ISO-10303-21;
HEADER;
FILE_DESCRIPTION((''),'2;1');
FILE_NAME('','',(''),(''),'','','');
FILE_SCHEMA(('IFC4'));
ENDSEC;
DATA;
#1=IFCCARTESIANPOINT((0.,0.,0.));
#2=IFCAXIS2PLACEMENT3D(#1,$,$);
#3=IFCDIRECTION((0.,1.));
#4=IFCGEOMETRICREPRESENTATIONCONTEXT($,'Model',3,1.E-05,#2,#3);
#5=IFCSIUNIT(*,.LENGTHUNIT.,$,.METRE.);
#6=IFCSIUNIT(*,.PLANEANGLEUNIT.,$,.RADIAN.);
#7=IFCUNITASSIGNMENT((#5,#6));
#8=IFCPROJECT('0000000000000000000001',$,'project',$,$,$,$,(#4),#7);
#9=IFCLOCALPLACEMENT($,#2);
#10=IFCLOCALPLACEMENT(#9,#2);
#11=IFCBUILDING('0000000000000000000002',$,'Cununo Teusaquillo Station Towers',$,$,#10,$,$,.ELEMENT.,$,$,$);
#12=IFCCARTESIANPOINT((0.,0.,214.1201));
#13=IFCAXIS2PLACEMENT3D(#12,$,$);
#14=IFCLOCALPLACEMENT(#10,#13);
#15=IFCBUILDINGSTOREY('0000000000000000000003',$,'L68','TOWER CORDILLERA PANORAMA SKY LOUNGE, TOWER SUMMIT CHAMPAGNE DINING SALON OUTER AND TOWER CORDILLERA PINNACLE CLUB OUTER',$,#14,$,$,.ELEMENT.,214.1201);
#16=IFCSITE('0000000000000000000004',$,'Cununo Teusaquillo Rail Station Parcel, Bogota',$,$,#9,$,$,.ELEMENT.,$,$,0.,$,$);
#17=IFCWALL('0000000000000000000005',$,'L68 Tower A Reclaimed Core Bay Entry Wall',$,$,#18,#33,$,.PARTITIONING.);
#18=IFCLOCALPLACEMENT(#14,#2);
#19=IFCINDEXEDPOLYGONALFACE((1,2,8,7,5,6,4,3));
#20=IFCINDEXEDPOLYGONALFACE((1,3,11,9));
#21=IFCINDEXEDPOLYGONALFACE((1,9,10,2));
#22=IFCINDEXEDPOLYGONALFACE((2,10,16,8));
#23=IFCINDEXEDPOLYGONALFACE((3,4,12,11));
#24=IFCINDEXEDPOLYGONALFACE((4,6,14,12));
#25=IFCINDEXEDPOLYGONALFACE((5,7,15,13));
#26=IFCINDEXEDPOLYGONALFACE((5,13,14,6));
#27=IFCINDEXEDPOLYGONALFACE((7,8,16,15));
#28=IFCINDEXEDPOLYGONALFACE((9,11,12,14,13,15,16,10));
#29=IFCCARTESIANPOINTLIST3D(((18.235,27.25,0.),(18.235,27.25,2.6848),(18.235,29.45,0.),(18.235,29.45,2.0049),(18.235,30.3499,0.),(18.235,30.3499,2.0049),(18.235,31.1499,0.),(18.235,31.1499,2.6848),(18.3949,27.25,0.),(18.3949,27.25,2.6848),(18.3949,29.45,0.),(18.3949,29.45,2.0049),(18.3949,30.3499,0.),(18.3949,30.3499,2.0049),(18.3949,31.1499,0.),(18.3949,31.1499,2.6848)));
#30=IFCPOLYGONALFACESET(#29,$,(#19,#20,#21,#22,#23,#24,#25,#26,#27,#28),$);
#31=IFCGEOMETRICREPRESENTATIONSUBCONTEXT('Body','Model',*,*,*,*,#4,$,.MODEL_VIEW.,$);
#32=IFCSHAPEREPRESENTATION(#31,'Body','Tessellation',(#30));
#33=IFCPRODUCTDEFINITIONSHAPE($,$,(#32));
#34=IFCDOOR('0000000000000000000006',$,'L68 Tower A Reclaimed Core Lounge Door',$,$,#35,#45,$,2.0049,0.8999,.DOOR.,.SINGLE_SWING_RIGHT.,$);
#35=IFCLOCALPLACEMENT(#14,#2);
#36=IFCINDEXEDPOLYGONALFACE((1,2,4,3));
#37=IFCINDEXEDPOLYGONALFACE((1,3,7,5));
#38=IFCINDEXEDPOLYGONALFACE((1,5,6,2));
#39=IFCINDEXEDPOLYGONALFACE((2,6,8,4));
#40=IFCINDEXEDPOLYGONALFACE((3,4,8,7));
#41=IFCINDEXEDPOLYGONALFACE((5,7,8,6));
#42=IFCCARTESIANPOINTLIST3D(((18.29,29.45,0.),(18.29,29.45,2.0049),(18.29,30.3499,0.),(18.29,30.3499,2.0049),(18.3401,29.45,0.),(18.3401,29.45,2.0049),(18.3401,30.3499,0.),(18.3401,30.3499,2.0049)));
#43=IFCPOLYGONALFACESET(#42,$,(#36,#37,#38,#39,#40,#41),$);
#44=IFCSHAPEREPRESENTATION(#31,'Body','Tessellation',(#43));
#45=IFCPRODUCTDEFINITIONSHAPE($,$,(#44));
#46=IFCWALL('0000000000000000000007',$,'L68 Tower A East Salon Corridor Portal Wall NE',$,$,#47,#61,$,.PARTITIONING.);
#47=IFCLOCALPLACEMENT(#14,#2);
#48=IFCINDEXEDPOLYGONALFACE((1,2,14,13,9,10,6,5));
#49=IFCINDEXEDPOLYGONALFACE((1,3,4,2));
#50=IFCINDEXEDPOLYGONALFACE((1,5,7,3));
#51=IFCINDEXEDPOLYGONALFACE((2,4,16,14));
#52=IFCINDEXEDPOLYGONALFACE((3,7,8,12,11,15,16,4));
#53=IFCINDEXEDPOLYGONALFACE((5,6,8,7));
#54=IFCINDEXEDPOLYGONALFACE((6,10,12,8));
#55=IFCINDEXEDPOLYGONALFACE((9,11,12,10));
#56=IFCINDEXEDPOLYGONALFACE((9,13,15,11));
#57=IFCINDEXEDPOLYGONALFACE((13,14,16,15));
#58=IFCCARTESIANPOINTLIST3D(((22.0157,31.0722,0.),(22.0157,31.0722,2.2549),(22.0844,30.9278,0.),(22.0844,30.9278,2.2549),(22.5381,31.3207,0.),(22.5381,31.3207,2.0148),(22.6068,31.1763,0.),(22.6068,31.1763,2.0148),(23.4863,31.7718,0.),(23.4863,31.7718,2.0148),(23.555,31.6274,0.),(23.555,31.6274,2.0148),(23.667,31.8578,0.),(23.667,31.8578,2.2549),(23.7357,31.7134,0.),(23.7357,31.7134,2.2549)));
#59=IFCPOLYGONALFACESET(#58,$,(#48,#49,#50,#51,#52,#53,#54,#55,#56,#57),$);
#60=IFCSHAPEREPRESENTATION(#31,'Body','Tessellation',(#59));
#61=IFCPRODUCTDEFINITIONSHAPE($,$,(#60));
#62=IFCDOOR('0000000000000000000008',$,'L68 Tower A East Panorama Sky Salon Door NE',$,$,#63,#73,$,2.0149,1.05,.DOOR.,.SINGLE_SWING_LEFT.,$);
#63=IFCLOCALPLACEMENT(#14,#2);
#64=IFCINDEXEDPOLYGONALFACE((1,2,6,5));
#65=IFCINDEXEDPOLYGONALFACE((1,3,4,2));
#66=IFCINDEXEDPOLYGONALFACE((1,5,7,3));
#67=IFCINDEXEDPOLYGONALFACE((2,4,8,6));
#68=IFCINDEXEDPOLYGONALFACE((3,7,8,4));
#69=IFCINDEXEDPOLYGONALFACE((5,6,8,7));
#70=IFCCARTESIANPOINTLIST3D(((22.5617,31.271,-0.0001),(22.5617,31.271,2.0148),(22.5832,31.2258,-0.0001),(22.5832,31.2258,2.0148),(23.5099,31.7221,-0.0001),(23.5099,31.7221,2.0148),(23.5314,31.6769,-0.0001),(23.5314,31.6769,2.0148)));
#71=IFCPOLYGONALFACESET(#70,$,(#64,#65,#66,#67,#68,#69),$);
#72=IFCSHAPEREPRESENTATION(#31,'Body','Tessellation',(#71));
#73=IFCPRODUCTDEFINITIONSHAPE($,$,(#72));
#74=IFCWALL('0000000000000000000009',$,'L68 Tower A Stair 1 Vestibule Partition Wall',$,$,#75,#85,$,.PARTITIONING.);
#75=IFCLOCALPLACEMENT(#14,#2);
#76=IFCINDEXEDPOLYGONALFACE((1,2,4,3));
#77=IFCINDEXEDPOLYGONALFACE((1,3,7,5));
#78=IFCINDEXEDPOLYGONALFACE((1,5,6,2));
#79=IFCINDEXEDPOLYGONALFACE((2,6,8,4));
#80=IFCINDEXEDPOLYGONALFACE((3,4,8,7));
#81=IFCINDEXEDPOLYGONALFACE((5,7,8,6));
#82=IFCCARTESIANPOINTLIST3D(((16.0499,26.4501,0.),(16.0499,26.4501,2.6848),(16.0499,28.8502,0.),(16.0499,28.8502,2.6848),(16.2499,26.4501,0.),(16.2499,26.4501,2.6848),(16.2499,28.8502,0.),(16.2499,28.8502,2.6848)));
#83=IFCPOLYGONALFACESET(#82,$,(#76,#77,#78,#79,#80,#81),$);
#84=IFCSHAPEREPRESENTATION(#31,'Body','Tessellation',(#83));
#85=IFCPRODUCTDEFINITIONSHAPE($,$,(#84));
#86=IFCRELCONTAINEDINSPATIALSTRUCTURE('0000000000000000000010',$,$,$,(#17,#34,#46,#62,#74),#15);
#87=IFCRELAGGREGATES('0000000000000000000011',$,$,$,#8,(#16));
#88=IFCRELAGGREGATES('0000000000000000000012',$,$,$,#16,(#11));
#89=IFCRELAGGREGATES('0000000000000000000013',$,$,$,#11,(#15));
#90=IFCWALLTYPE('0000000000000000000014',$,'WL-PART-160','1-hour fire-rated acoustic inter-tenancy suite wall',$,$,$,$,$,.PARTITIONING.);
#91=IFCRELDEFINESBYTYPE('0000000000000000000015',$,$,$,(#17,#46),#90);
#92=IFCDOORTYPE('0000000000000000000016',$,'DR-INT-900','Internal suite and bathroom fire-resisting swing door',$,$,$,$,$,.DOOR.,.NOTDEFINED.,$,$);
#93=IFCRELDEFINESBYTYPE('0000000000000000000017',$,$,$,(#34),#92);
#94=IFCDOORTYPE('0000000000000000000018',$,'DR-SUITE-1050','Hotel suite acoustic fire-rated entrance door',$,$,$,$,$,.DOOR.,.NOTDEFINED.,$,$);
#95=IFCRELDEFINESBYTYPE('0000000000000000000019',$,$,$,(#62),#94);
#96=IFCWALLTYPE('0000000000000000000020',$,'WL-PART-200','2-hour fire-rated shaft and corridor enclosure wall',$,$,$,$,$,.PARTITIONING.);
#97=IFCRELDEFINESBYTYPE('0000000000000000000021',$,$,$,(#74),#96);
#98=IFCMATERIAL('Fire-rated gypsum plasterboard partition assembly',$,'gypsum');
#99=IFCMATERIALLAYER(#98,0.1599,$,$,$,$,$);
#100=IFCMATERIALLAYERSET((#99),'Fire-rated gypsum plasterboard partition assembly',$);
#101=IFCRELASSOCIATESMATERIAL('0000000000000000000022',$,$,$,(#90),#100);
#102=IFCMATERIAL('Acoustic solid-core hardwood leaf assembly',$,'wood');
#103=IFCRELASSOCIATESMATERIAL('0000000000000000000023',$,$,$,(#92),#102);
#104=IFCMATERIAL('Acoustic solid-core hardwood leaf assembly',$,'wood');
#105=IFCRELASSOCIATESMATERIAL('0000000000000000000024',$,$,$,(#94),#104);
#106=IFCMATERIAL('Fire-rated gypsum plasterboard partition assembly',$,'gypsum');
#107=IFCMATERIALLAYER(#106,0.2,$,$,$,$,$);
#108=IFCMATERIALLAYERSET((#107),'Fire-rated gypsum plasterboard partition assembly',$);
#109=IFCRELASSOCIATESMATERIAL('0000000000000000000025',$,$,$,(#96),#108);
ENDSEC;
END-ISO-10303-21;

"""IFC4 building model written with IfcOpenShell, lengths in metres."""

from ifc_helpers import new_model, si_unit, direction, frame, frame_2d, origin, place, context, subcontext, project, spatial, rectangle, extrude, source, transform, mapped, material, layer, layer_set, type_object, element, fill, save


model = new_model("IFC4")

# Units and contexts
model_context = context("Model", 3, precision=1e-05, world=origin(), true_north=direction((0.0, 1.0)))
body_context = subcontext(model_context, "Body", "Model", "MODEL_VIEW")
ifc_project = project(units=[si_unit("LENGTHUNIT", "METRE"), si_unit("PLANEANGLEUNIT", "RADIAN")], contexts=[model_context])

# Site, building, storey
site_placement = place(None, origin())
site = spatial("IfcSite", under=ifc_project, at=site_placement, Name="Cununo Teusaquillo Rail Station Parcel, Bogota", CompositionType="ELEMENT", RefElevation=0.0)
building_placement = place(site_placement, origin())
building = spatial("IfcBuilding", under=site, at=building_placement, Name="Cununo Teusaquillo Station Towers", CompositionType="ELEMENT")
storey_placement = place(building_placement, frame((0.0, 0.0, 214.1201)))
storey = spatial("IfcBuildingStorey", under=building, at=storey_placement, Name="L68", Description="TOWER CORDILLERA PANORAMA SKY LOUNGE, TOWER SUMMIT CHAMPAGNE DINING SALON OUTER AND TOWER CORDILLERA PINNACLE CLUB OUTER", CompositionType="ELEMENT", Elevation=214.1201)

# Walls, openings, doors
ifc_material_1 = material(Name="Fire-rated gypsum plasterboard partition assembly", Category="gypsum")
ifc_layer_1 = layer(ifc_material_1, 0.1599)
ifc_layer_set_1 = layer_set([ifc_layer_1], Name="Fire-rated gypsum plasterboard partition assembly")
wall_type_1 = type_object("IfcWallType", Name="WL-PART-160", Description="1-hour fire-rated acoustic inter-tenancy suite wall", PredefinedType="PARTITIONING", material=ifc_layer_set_1)
wall_1_placement = place(storey_placement, frame((18.3149, 27.25, 0.0), z_axis=(0.0, 0.0, 1.0), x_axis=(0.0, 1.0, 0.0)))
wall_1 = element("IfcWall", 1, at=wall_1_placement, inside=storey, type_object=wall_type_1, Name="L68 Tower A Reclaimed Core Bay Entry Wall", PredefinedType="PARTITIONING", context=body_context, shape_type="SweptSolid", body=[
    extrude(rectangle(XDim=3.8999, YDim=0.1599, at=frame_2d((1.95, 0.0))), origin(), (0.0, 0.0, 1.0), 2.6848),
])
shared_shape_1 = source(origin(), body_context, "Body", "SweptSolid", [
    extrude(rectangle(XDim=0.8999, YDim=2.0049, at=frame_2d((0.45, 1.0024))), frame((0.0, 0.0898, 0.0), z_axis=(0.0, -1.0, 0.0), x_axis=(1.0, 0.0, 0.0)), (0.0, 0.0, 1.0), 0.1799),
])
opening_1_placement = place(wall_1_placement, frame((2.2, 0.0, 0.0)))
opening_1 = element("IfcOpeningElement", 2, at=opening_1_placement, cuts=wall_1, PredefinedType="OPENING", context=body_context, shape_type="MappedRepresentation", body=[
    mapped(shared_shape_1, transform((0.0, 0.0, 0.0), x_axis=(1.0, 0.0, 0.0), y_axis=(0.0, 1.0, 0.0), z_axis=(0.0, 0.0, 1.0), scale=1.0)),
])
ifc_material_2 = material(Name="Acoustic solid-core hardwood leaf assembly", Category="wood")
door_type_1 = type_object("IfcDoorType", Name="DR-INT-900", Description="Internal suite and bathroom fire-resisting swing door", OperationType="NOTDEFINED", PredefinedType="DOOR", material=ifc_material_2)
shared_shape_2 = source(origin(), body_context, "Body", "SweptSolid", [
    extrude(rectangle(XDim=0.8999, YDim=2.0049, at=frame_2d((0.45, 1.0024))), frame((0.0, 0.0249, 0.0), z_axis=(0.0, -1.0, 0.0), x_axis=(1.0, 0.0, 0.0)), (0.0, 0.0, 1.0), 0.05),
])
door_1_placement = place(opening_1_placement, origin())
door_1 = element("IfcDoor", 3, at=door_1_placement, inside=storey, type_object=door_type_1, Name="L68 Tower A Reclaimed Core Lounge Door", OperationType="SINGLE_SWING_RIGHT", OverallHeight=2.0049, OverallWidth=0.8999, PredefinedType="DOOR", context=body_context, shape_type="MappedRepresentation", body=[
    mapped(shared_shape_2, transform((0.0, 0.0, 0.0), x_axis=(1.0, 0.0, 0.0), y_axis=(0.0, 1.0, 0.0), z_axis=(0.0, 0.0, 1.0), scale=1.0)),
])
fill(opening_1, door_1)
wall_2_placement = place(storey_placement, frame((22.05, 31.0, 0.0), z_axis=(0.0, 0.0, 1.0), x_axis=(0.903013, 0.429612, 0.0)))
wall_2 = element("IfcWall", 4, at=wall_2_placement, inside=storey, type_object=wall_type_1, Name="L68 Tower A East Salon Corridor Portal Wall NE", PredefinedType="PARTITIONING", context=body_context, shape_type="SweptSolid", body=[
    extrude(rectangle(XDim=1.8286, YDim=0.1599, at=frame_2d((0.9143, 0.0))), origin(), (0.0, 0.0, 1.0), 2.2549),
])
shared_shape_3 = source(origin(), body_context, "Body", "SweptSolid", [
    extrude(rectangle(XDim=1.05, YDim=2.0149, at=frame_2d((0.5249, 1.0073))), frame((0.0, 0.0898, 0.0), z_axis=(0.0, -1.0, 0.0), x_axis=(1.0, 0.0, 0.0)), (0.0, 0.0, 1.0), 0.1799),
])
opening_2_placement = place(wall_2_placement, frame((0.5786, 0.0, 0.0)))
opening_2 = element("IfcOpeningElement", 5, at=opening_2_placement, cuts=wall_2, PredefinedType="OPENING", context=body_context, shape_type="MappedRepresentation", body=[
    mapped(shared_shape_3, transform((0.0, 0.0, 0.0), x_axis=(1.0, 0.0, 0.0), y_axis=(0.0, 1.0, 0.0), z_axis=(0.0, 0.0, 1.0), scale=1.0)),
])
ifc_material_3 = material(Name="Acoustic solid-core hardwood leaf assembly", Category="wood")
door_type_2 = type_object("IfcDoorType", Name="DR-SUITE-1050", Description="Hotel suite acoustic fire-rated entrance door", OperationType="NOTDEFINED", PredefinedType="DOOR", material=ifc_material_3)
shared_shape_4 = source(origin(), body_context, "Body", "SweptSolid", [
    extrude(rectangle(XDim=1.05, YDim=2.0149, at=frame_2d((0.5249, 1.0073))), frame((0.0, 0.0249, 0.0), z_axis=(0.0, -1.0, 0.0), x_axis=(1.0, 0.0, 0.0)), (0.0, 0.0, 1.0), 0.05),
])
door_2_placement = place(opening_2_placement, origin())
door_2 = element("IfcDoor", 6, at=door_2_placement, inside=storey, type_object=door_type_2, Name="L68 Tower A East Panorama Sky Salon Door NE", OperationType="SINGLE_SWING_LEFT", OverallHeight=2.0149, OverallWidth=1.05, PredefinedType="DOOR", context=body_context, shape_type="MappedRepresentation", body=[
    mapped(shared_shape_4, transform((0.0, 0.0, 0.0), x_axis=(1.0, 0.0, 0.0), y_axis=(0.0, 1.0, 0.0), z_axis=(0.0, 0.0, 1.0), scale=1.0)),
])
fill(opening_2, door_2)

# Wall
ifc_material_4 = material(Name="Fire-rated gypsum plasterboard partition assembly", Category="gypsum")
ifc_layer_2 = layer(ifc_material_4, 0.2)
ifc_layer_set_2 = layer_set([ifc_layer_2], Name="Fire-rated gypsum plasterboard partition assembly")
wall_type_2 = type_object("IfcWallType", Name="WL-PART-200", Description="2-hour fire-rated shaft and corridor enclosure wall", PredefinedType="PARTITIONING", material=ifc_layer_set_2)
wall_3_placement = place(storey_placement, frame((16.1499, 26.45, 0.0), z_axis=(0.0, 0.0, 1.0), x_axis=(0.0, 1.0, 0.0)))
element("IfcWall", 7, at=wall_3_placement, inside=storey, type_object=wall_type_2, Name="L68 Tower A Stair 1 Vestibule Partition Wall", PredefinedType="PARTITIONING", context=body_context, shape_type="SweptSolid", body=[
    extrude(rectangle(XDim=2.4001, YDim=0.2, at=frame_2d((1.2002, 0.0))), origin(), (0.0, 0.0, 1.0), 2.6848),
])

save(model, "model.ifc")
